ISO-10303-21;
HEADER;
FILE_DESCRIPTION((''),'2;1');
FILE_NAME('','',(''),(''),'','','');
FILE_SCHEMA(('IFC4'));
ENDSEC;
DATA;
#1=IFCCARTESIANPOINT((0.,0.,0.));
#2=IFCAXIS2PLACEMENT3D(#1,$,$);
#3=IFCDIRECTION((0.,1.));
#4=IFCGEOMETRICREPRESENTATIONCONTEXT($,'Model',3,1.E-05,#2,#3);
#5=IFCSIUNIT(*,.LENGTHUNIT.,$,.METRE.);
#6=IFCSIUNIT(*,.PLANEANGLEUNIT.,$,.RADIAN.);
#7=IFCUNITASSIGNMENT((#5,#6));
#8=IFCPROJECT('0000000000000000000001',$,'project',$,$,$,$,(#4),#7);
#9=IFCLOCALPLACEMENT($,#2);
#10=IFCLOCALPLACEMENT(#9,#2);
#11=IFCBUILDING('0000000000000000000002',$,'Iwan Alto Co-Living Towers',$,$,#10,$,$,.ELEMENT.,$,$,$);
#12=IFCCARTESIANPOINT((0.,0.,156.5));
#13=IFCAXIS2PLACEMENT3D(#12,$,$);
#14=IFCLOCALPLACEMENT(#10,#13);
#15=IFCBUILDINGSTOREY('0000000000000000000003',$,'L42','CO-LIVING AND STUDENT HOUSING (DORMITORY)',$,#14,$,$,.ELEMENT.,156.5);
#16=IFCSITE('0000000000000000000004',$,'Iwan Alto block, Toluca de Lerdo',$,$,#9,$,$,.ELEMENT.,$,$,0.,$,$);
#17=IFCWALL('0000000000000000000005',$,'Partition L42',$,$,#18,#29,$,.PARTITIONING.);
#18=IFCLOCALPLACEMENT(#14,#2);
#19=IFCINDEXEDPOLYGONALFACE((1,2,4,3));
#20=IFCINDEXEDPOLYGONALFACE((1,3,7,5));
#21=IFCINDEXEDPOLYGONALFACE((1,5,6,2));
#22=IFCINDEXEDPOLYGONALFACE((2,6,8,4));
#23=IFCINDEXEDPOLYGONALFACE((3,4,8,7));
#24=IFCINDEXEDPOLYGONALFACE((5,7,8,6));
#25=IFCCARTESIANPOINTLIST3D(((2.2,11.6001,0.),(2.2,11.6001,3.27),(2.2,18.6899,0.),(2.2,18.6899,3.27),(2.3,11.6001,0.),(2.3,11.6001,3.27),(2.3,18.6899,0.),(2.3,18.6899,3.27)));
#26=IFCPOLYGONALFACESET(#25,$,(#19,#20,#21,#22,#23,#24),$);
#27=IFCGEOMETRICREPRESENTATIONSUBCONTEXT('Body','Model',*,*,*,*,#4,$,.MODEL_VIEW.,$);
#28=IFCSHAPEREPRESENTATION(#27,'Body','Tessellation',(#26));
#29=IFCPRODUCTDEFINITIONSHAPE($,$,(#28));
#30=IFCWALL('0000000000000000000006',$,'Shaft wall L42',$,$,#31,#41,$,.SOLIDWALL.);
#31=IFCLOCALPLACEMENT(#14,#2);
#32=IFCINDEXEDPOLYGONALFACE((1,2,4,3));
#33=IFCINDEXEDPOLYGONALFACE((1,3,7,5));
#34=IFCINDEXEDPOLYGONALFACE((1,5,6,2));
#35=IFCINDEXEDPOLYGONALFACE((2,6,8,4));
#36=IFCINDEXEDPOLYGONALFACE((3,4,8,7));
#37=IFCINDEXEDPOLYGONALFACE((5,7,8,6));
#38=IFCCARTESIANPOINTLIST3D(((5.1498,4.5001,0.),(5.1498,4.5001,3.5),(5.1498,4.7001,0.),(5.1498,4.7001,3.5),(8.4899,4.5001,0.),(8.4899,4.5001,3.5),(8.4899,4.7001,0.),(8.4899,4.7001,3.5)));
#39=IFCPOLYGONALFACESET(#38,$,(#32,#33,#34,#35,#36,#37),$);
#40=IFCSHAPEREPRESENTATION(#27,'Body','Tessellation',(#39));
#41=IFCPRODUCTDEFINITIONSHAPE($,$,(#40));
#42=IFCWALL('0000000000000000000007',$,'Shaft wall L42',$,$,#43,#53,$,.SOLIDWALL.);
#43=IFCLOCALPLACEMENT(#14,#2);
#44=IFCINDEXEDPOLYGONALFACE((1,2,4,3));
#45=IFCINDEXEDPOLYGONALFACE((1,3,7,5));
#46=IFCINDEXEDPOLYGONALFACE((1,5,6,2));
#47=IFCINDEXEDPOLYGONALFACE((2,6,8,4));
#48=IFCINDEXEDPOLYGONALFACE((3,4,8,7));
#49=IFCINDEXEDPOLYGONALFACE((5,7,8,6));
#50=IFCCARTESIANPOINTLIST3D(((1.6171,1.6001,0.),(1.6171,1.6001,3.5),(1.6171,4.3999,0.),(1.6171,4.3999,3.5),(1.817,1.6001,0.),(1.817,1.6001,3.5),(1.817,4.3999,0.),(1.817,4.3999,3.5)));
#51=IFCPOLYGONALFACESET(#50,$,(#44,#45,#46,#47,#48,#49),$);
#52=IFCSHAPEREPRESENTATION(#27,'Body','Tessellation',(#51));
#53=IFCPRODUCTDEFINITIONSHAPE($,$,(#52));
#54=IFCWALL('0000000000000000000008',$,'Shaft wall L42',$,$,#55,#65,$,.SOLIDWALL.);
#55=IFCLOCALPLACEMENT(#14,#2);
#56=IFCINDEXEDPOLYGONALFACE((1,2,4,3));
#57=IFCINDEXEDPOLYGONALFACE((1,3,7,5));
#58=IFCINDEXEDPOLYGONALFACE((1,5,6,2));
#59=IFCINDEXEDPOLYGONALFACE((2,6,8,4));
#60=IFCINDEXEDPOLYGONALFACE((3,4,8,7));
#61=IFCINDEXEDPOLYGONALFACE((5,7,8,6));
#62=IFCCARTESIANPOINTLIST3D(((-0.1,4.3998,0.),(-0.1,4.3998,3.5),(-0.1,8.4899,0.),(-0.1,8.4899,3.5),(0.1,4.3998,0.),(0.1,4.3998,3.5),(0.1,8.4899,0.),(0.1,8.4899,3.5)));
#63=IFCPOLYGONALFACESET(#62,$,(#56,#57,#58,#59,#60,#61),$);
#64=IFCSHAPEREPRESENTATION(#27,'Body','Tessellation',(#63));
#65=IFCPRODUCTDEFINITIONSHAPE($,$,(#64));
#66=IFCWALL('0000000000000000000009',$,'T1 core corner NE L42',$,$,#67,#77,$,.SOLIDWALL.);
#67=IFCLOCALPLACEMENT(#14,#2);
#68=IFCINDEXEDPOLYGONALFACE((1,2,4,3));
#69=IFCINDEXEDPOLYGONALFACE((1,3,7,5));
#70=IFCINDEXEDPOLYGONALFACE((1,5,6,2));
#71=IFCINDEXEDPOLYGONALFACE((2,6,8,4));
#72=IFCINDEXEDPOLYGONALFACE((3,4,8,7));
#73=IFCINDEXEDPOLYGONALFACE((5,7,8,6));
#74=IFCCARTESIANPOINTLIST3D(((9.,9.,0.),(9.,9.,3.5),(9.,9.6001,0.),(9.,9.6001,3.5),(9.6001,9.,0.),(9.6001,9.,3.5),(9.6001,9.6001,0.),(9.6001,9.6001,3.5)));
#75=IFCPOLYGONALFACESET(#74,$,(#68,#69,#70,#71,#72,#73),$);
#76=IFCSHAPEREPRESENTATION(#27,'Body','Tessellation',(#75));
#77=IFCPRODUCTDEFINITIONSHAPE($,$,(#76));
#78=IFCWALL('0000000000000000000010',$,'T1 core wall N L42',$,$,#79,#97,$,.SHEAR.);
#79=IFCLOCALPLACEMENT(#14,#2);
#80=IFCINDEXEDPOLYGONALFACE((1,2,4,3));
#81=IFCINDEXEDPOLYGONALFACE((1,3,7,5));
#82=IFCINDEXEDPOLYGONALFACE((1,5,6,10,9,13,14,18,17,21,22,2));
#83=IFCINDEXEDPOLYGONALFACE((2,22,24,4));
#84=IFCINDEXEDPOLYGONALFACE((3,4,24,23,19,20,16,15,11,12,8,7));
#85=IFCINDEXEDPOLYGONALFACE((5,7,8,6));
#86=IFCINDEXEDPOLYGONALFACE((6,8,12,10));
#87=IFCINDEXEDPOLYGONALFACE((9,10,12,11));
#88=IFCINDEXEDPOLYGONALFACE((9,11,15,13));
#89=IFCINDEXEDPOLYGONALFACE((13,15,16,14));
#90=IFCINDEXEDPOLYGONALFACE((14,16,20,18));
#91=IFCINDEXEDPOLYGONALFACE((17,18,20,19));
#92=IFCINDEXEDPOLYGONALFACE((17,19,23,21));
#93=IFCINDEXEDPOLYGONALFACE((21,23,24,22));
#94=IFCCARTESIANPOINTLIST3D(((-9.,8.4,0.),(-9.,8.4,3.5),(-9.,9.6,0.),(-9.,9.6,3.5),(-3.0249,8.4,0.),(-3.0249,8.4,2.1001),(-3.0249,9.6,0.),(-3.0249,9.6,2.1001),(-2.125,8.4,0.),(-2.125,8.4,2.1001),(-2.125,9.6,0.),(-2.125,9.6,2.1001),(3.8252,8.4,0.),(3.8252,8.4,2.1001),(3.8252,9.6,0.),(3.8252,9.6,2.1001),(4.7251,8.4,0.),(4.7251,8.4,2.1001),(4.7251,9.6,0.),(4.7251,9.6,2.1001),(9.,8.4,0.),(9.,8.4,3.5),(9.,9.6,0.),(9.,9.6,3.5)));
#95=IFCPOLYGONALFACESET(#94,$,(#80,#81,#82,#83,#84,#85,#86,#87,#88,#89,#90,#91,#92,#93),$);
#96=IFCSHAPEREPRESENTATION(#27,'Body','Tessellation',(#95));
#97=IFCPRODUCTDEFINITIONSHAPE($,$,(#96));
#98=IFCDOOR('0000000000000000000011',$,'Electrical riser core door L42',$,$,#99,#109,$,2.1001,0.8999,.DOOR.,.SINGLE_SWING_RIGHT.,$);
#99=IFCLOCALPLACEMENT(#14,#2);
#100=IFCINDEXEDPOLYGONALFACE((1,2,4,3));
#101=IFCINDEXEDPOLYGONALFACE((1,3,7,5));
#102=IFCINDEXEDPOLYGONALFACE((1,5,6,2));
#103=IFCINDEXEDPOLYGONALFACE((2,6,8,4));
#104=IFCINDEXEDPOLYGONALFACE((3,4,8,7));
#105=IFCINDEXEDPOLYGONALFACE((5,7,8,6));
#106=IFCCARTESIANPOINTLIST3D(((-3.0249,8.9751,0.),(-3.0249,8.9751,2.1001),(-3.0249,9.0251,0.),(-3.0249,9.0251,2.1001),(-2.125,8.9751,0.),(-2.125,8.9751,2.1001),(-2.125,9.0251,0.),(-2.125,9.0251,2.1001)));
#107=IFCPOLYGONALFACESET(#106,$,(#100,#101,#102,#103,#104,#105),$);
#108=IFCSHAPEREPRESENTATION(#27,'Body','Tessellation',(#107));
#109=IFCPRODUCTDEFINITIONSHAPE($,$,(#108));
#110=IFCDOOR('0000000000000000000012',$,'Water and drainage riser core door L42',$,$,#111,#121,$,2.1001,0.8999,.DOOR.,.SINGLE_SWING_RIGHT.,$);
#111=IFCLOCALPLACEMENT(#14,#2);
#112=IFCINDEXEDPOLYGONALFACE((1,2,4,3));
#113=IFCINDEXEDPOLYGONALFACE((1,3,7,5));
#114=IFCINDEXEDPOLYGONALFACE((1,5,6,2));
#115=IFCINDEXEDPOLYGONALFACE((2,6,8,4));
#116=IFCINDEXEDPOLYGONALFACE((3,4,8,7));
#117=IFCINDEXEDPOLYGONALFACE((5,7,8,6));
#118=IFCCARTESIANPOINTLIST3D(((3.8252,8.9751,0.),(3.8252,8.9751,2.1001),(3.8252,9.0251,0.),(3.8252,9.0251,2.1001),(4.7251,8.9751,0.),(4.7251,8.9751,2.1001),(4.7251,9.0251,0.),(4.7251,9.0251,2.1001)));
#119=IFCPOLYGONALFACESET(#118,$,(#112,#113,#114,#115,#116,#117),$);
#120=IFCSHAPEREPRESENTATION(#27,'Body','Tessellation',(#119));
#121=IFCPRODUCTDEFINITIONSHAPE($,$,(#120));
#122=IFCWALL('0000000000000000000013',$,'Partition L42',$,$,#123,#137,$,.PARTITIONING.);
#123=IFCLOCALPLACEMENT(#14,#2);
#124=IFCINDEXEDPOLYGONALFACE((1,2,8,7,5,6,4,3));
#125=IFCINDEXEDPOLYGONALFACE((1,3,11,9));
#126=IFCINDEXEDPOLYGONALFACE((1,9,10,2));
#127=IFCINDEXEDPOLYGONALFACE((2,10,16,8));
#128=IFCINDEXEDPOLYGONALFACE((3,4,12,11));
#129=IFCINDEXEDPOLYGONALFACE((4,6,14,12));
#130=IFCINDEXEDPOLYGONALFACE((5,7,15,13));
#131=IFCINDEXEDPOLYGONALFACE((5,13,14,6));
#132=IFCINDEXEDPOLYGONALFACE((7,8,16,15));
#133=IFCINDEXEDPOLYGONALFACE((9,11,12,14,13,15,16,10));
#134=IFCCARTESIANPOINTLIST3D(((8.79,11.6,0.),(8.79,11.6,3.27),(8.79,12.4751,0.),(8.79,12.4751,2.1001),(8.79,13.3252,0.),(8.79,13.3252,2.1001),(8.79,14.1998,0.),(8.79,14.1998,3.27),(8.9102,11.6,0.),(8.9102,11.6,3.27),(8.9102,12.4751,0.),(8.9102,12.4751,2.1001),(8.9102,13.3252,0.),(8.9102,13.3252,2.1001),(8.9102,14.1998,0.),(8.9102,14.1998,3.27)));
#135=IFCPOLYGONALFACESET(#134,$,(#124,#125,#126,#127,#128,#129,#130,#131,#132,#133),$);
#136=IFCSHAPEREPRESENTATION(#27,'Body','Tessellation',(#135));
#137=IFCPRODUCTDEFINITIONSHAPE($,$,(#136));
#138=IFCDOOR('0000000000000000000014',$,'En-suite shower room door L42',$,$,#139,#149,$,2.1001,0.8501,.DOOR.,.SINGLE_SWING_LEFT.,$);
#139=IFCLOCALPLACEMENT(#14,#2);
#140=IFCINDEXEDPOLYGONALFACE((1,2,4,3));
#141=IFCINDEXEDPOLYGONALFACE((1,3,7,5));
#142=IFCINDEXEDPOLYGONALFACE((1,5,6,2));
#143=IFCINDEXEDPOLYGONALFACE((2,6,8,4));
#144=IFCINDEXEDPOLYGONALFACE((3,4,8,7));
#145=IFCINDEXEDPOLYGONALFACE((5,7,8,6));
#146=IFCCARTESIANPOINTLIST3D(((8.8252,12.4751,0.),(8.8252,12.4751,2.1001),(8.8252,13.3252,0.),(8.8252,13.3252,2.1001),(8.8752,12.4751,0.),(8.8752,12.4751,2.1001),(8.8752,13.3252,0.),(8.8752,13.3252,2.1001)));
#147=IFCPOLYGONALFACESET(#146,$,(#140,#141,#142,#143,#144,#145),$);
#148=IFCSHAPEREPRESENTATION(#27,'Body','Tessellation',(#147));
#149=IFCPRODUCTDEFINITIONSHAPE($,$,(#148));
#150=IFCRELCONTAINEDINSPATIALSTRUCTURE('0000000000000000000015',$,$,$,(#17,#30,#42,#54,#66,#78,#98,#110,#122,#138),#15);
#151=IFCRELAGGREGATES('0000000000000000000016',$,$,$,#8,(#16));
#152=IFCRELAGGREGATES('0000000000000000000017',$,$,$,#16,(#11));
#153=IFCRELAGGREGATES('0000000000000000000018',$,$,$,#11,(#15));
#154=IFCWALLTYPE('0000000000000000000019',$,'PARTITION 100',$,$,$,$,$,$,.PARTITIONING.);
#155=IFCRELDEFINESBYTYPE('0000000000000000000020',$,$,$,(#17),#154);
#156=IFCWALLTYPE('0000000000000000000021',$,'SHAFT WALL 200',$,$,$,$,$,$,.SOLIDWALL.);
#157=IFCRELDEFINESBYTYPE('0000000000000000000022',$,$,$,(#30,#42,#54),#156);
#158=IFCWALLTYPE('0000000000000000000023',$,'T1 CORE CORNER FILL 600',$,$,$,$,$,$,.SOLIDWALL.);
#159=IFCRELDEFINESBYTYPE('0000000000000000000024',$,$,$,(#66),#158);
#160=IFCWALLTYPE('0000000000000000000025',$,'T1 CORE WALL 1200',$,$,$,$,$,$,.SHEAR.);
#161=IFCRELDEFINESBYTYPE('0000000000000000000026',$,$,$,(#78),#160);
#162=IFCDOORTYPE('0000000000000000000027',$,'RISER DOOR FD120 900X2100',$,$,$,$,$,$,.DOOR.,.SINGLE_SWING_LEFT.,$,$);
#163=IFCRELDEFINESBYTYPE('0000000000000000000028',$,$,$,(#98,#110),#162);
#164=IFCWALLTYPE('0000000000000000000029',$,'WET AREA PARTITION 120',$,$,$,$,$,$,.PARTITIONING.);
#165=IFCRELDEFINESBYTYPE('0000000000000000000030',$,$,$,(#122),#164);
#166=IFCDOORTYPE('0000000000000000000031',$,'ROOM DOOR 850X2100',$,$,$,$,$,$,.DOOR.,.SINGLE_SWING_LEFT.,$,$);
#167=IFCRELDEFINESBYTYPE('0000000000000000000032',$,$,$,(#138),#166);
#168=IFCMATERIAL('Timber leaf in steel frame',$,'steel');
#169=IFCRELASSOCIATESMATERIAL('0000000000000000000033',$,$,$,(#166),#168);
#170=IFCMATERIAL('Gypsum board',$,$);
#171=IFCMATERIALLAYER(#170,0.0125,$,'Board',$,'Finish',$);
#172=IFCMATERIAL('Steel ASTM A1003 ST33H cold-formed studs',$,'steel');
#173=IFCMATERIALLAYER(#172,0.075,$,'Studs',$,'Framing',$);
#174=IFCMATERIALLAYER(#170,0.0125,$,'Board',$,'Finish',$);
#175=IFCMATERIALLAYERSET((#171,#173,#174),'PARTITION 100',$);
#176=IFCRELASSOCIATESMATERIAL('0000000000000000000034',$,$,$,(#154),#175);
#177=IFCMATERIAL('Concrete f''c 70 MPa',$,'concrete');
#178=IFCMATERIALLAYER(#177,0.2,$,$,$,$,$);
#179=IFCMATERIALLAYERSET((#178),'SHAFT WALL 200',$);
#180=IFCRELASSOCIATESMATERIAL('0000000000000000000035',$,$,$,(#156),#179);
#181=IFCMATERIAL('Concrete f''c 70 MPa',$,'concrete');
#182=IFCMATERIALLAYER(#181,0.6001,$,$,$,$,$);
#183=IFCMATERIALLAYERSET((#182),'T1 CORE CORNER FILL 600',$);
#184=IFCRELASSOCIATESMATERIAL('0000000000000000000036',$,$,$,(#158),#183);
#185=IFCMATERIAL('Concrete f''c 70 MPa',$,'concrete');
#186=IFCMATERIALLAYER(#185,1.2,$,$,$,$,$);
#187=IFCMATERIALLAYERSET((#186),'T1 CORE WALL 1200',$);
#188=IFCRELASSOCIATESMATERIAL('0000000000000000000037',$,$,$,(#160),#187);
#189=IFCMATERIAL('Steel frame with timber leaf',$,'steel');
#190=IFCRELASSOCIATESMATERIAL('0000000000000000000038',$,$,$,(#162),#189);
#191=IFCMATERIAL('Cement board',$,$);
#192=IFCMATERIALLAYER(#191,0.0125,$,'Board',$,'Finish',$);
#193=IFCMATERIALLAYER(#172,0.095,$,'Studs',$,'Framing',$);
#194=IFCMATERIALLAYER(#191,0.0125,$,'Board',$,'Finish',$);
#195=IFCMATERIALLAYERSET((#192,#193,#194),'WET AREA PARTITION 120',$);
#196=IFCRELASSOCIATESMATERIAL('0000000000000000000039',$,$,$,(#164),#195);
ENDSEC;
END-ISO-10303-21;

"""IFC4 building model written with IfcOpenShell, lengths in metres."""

from ifc_helpers import new_model, si_unit, direction, frame, frame_2d, origin, place, context, subcontext, project, spatial, rectangle, extrude, material, layer, layer_set, type_object, element, fill, save


model = new_model("IFC4")

# Units and contexts
model_context = context("Model", 3, precision=1e-05, world=origin(), true_north=direction((0.0, 1.0)))
body_context = subcontext(model_context, "Body", "Model", "MODEL_VIEW")
ifc_project = project(units=[si_unit("LENGTHUNIT", "METRE"), si_unit("PLANEANGLEUNIT", "RADIAN")], contexts=[model_context])

# Site, building, storey
site_placement = place(None, origin())
site = spatial("IfcSite", under=ifc_project, at=site_placement, Name="Iwan Alto block, Toluca de Lerdo", CompositionType="ELEMENT", RefElevation=0.0)
building_placement = place(site_placement, origin())
building = spatial("IfcBuilding", under=site, at=building_placement, Name="Iwan Alto Co-Living Towers", CompositionType="ELEMENT")
storey_placement = place(building_placement, frame((0.0, 0.0, 156.5)))
storey = spatial("IfcBuildingStorey", under=building, at=storey_placement, Name="L42", Description="CO-LIVING AND STUDENT HOUSING (DORMITORY)", CompositionType="ELEMENT", Elevation=156.5)

# Shared definitions
ifc_material_1 = material(Name="Gypsum board")
ifc_material_2 = material(Name="Steel ASTM A1003 ST33H cold-formed studs", Category="steel")
ifc_material_3 = material(Name="Timber leaf in steel frame", Category="steel")
door_type_1 = type_object("IfcDoorType", Name="ROOM DOOR 850X2100", OperationType="SINGLE_SWING_LEFT", PredefinedType="DOOR", material=ifc_material_3)

# Walls
ifc_layer_1 = layer(ifc_material_1, 0.0125, Name="Board", Category="Finish")
ifc_layer_2 = layer(ifc_material_2, 0.075, Name="Studs", Category="Framing")
ifc_layer_3 = layer(ifc_material_1, 0.0125, Name="Board", Category="Finish")
ifc_layer_set_1 = layer_set([ifc_layer_1, ifc_layer_2, ifc_layer_3], Name="PARTITION 100")
wall_type_1 = type_object("IfcWallType", Name="PARTITION 100", PredefinedType="PARTITIONING", material=ifc_layer_set_1)
for number, where, z_axis, x_axis, name in (
    (1, (2.25, 11.6001, 0.0), (0.0, 0.0, 1.0), (0.0, 1.0, 0.0), "Partition L42"),
):
    element("IfcWall", number, at=place(storey_placement, frame(where, z_axis=z_axis, x_axis=x_axis)), inside=storey, type_object=wall_type_1, Name=name, PredefinedType="PARTITIONING", context=body_context, shape_type="SweptSolid", body=[
        extrude(rectangle(XDim=7.0898, YDim=0.1001, at=frame_2d((3.5449, 0.0))), origin(), (0.0, 0.0, 1.0), 3.27),
    ])
ifc_material_4 = material(Name="Concrete f'c 70 MPa", Category="concrete")
ifc_layer_4 = layer(ifc_material_4, 0.2)
ifc_layer_set_2 = layer_set([ifc_layer_4], Name="SHAFT WALL 200")
wall_type_2 = type_object("IfcWallType", Name="SHAFT WALL 200", PredefinedType="SOLIDWALL", material=ifc_layer_set_2)
wall_1_placement = place(storey_placement, frame((5.1499, 4.6001, 0.0), z_axis=(0.0, 0.0, 1.0), x_axis=(1.0, 0.0, 0.0)))
element("IfcWall", 2, at=wall_1_placement, inside=storey, type_object=wall_type_2, Name="Shaft wall L42", PredefinedType="SOLIDWALL", context=body_context, shape_type="SweptSolid", body=[
    extrude(rectangle(XDim=3.3401, YDim=0.2, at=frame_2d((1.6699, 0.0))), origin(), (0.0, 0.0, 1.0), 3.5),
])
wall_2_placement = place(storey_placement, frame((1.717, 1.6001, 0.0), z_axis=(0.0, 0.0, 1.0), x_axis=(0.0, 1.0, 0.0)))
element("IfcWall", 3, at=wall_2_placement, inside=storey, type_object=wall_type_2, Name="Shaft wall L42", PredefinedType="SOLIDWALL", context=body_context, shape_type="SweptSolid", body=[
    extrude(rectangle(XDim=2.7998, YDim=0.2, at=frame_2d((1.3999, 0.0))), origin(), (0.0, 0.0, 1.0), 3.5),
])
wall_3_placement = place(storey_placement, frame((0.0, 4.3999, 0.0), z_axis=(0.0, 0.0, 1.0), x_axis=(0.0, 1.0, 0.0)))
element("IfcWall", 4, at=wall_3_placement, inside=storey, type_object=wall_type_2, Name="Shaft wall L42", PredefinedType="SOLIDWALL", context=body_context, shape_type="SweptSolid", body=[
    extrude(rectangle(XDim=4.0901, YDim=0.2, at=frame_2d((2.0449, 0.0))), origin(), (0.0, 0.0, 1.0), 3.5),
])
ifc_material_5 = material(Name="Concrete f'c 70 MPa", Category="concrete")
ifc_layer_5 = layer(ifc_material_5, 0.6001)
ifc_layer_set_3 = layer_set([ifc_layer_5], Name="T1 CORE CORNER FILL 600")
wall_type_3 = type_object("IfcWallType", Name="T1 CORE CORNER FILL 600", PredefinedType="SOLIDWALL", material=ifc_layer_set_3)
wall_4_placement = place(storey_placement, frame((9.0, 9.3, 0.0), z_axis=(0.0, 0.0, 1.0), x_axis=(1.0, 0.0, 0.0)))
element("IfcWall", 5, at=wall_4_placement, inside=storey, type_object=wall_type_3, Name="T1 core corner NE L42", PredefinedType="SOLIDWALL", context=body_context, shape_type="SweptSolid", body=[
    extrude(rectangle(XDim=0.6001, YDim=0.6001, at=frame_2d((0.3, 0.0))), origin(), (0.0, 0.0, 1.0), 3.5),
])

# Wall, openings, doors
ifc_material_6 = material(Name="Concrete f'c 70 MPa", Category="concrete")
ifc_layer_6 = layer(ifc_material_6, 1.2)
ifc_layer_set_4 = layer_set([ifc_layer_6], Name="T1 CORE WALL 1200")
wall_type_4 = type_object("IfcWallType", Name="T1 CORE WALL 1200", PredefinedType="SHEAR", material=ifc_layer_set_4)
wall_5_placement = place(storey_placement, frame((9.0, 9.0, 0.0), z_axis=(0.0, 0.0, 1.0), x_axis=(-1.0, 0.0, 0.0)))
wall_5 = element("IfcWall", 6, at=wall_5_placement, inside=storey, type_object=wall_type_4, Name="T1 core wall N L42", PredefinedType="SHEAR", context=body_context, shape_type="SweptSolid", body=[
    extrude(rectangle(XDim=18.0, YDim=1.2, at=frame_2d((9.0, 0.0))), origin(), (0.0, 0.0, 1.0), 3.5),
])
opening_1_placement = place(wall_5_placement, frame((11.125, 0.0, 0.0)))
opening_1 = element("IfcOpeningElement", 7, at=opening_1_placement, cuts=wall_5, PredefinedType="OPENING", context=body_context, shape_type="SweptSolid", body=[
    extrude(rectangle(XDim=0.8999, YDim=2.1001, at=frame_2d((0.45, 1.05))), frame((0.0, 0.6099, 0.0), z_axis=(0.0, -1.0, 0.0), x_axis=(1.0, 0.0, 0.0)), (0.0, 0.0, 1.0), 1.22),
])
opening_2_placement = place(wall_5_placement, frame((4.2749, 0.0, 0.0)))
opening_2 = element("IfcOpeningElement", 8, at=opening_2_placement, cuts=wall_5, PredefinedType="OPENING", context=body_context, shape_type="SweptSolid", body=[
    extrude(rectangle(XDim=0.8999, YDim=2.1001, at=frame_2d((0.45, 1.05))), frame((0.0, 0.6099, 0.0), z_axis=(0.0, -1.0, 0.0), x_axis=(1.0, 0.0, 0.0)), (0.0, 0.0, 1.0), 1.22),
])
ifc_material_7 = material(Name="Steel frame with timber leaf", Category="steel")
door_type_2 = type_object("IfcDoorType", Name="RISER DOOR FD120 900X2100", OperationType="SINGLE_SWING_LEFT", PredefinedType="DOOR", material=ifc_material_7)
door_1_placement = place(opening_1_placement, origin())
door_1 = element("IfcDoor", 9, at=door_1_placement, inside=storey, type_object=door_type_2, Name="Electrical riser core door L42", OperationType="SINGLE_SWING_RIGHT", OverallHeight=2.1001, OverallWidth=0.8999, PredefinedType="DOOR", context=body_context, shape_type="SweptSolid", body=[
    extrude(rectangle(XDim=0.8999, YDim=2.1001, at=frame_2d((0.45, 1.05))), frame((0.0, 0.0249, 0.0), z_axis=(0.0, -1.0, 0.0), x_axis=(1.0, 0.0, 0.0)), (0.0, 0.0, 1.0), 0.05),
])
fill(opening_1, door_1)
door_2_placement = place(opening_2_placement, origin())
door_2 = element("IfcDoor", 10, at=door_2_placement, inside=storey, type_object=door_type_2, Name="Water and drainage riser core door L42", OperationType="SINGLE_SWING_RIGHT", OverallHeight=2.1001, OverallWidth=0.8999, PredefinedType="DOOR", context=body_context, shape_type="SweptSolid", body=[
    extrude(rectangle(XDim=0.8999, YDim=2.1001, at=frame_2d((0.45, 1.05))), frame((0.0, 0.0249, 0.0), z_axis=(0.0, -1.0, 0.0), x_axis=(1.0, 0.0, 0.0)), (0.0, 0.0, 1.0), 0.05),
])
fill(opening_2, door_2)

# Wall, opening, door
ifc_material_8 = material(Name="Cement board")
ifc_layer_7 = layer(ifc_material_8, 0.0125, Name="Board", Category="Finish")
ifc_layer_8 = layer(ifc_material_2, 0.095, Name="Studs", Category="Framing")
ifc_layer_9 = layer(ifc_material_8, 0.0125, Name="Board", Category="Finish")
ifc_layer_set_5 = layer_set([ifc_layer_7, ifc_layer_8, ifc_layer_9], Name="WET AREA PARTITION 120")
wall_type_5 = type_object("IfcWallType", Name="WET AREA PARTITION 120", PredefinedType="PARTITIONING", material=ifc_layer_set_5)
wall_6_placement = place(storey_placement, frame((8.8501, 11.6001, 0.0), z_axis=(0.0, 0.0, 1.0), x_axis=(0.0, 1.0, 0.0)))
wall_6 = element("IfcWall", 11, at=wall_6_placement, inside=storey, type_object=wall_type_5, Name="Partition L42", PredefinedType="PARTITIONING", context=body_context, shape_type="SweptSolid", body=[
    extrude(rectangle(XDim=2.5999, YDim=0.1201, at=frame_2d((1.2998, 0.0))), origin(), (0.0, 0.0, 1.0), 3.27),
])
opening_3_placement = place(wall_6_placement, frame((0.875, 0.0, 0.0)))
opening_3 = element("IfcOpeningElement", 12, at=opening_3_placement, cuts=wall_6, PredefinedType="OPENING", context=body_context, shape_type="SweptSolid", body=[
    extrude(rectangle(XDim=0.8501, YDim=2.1001, at=frame_2d((0.425, 1.05))), frame((0.0, 0.0701, 0.0), z_axis=(0.0, -1.0, 0.0), x_axis=(1.0, 0.0, 0.0)), (0.0, 0.0, 1.0), 0.1401),
])
door_3_placement = place(opening_3_placement, origin())
door_3 = element("IfcDoor", 13, at=door_3_placement, inside=storey, type_object=door_type_1, Name="En-suite shower room door L42", OperationType="SINGLE_SWING_LEFT", OverallHeight=2.1001, OverallWidth=0.8501, PredefinedType="DOOR", context=body_context, shape_type="SweptSolid", body=[
    extrude(rectangle(XDim=0.8501, YDim=2.1001, at=frame_2d((0.425, 1.05))), frame((0.0, 0.0249, 0.0), z_axis=(0.0, -1.0, 0.0), x_axis=(1.0, 0.0, 0.0)), (0.0, 0.0, 1.0), 0.05),
])
fill(opening_3, door_3)

save(model, "model.ifc")
